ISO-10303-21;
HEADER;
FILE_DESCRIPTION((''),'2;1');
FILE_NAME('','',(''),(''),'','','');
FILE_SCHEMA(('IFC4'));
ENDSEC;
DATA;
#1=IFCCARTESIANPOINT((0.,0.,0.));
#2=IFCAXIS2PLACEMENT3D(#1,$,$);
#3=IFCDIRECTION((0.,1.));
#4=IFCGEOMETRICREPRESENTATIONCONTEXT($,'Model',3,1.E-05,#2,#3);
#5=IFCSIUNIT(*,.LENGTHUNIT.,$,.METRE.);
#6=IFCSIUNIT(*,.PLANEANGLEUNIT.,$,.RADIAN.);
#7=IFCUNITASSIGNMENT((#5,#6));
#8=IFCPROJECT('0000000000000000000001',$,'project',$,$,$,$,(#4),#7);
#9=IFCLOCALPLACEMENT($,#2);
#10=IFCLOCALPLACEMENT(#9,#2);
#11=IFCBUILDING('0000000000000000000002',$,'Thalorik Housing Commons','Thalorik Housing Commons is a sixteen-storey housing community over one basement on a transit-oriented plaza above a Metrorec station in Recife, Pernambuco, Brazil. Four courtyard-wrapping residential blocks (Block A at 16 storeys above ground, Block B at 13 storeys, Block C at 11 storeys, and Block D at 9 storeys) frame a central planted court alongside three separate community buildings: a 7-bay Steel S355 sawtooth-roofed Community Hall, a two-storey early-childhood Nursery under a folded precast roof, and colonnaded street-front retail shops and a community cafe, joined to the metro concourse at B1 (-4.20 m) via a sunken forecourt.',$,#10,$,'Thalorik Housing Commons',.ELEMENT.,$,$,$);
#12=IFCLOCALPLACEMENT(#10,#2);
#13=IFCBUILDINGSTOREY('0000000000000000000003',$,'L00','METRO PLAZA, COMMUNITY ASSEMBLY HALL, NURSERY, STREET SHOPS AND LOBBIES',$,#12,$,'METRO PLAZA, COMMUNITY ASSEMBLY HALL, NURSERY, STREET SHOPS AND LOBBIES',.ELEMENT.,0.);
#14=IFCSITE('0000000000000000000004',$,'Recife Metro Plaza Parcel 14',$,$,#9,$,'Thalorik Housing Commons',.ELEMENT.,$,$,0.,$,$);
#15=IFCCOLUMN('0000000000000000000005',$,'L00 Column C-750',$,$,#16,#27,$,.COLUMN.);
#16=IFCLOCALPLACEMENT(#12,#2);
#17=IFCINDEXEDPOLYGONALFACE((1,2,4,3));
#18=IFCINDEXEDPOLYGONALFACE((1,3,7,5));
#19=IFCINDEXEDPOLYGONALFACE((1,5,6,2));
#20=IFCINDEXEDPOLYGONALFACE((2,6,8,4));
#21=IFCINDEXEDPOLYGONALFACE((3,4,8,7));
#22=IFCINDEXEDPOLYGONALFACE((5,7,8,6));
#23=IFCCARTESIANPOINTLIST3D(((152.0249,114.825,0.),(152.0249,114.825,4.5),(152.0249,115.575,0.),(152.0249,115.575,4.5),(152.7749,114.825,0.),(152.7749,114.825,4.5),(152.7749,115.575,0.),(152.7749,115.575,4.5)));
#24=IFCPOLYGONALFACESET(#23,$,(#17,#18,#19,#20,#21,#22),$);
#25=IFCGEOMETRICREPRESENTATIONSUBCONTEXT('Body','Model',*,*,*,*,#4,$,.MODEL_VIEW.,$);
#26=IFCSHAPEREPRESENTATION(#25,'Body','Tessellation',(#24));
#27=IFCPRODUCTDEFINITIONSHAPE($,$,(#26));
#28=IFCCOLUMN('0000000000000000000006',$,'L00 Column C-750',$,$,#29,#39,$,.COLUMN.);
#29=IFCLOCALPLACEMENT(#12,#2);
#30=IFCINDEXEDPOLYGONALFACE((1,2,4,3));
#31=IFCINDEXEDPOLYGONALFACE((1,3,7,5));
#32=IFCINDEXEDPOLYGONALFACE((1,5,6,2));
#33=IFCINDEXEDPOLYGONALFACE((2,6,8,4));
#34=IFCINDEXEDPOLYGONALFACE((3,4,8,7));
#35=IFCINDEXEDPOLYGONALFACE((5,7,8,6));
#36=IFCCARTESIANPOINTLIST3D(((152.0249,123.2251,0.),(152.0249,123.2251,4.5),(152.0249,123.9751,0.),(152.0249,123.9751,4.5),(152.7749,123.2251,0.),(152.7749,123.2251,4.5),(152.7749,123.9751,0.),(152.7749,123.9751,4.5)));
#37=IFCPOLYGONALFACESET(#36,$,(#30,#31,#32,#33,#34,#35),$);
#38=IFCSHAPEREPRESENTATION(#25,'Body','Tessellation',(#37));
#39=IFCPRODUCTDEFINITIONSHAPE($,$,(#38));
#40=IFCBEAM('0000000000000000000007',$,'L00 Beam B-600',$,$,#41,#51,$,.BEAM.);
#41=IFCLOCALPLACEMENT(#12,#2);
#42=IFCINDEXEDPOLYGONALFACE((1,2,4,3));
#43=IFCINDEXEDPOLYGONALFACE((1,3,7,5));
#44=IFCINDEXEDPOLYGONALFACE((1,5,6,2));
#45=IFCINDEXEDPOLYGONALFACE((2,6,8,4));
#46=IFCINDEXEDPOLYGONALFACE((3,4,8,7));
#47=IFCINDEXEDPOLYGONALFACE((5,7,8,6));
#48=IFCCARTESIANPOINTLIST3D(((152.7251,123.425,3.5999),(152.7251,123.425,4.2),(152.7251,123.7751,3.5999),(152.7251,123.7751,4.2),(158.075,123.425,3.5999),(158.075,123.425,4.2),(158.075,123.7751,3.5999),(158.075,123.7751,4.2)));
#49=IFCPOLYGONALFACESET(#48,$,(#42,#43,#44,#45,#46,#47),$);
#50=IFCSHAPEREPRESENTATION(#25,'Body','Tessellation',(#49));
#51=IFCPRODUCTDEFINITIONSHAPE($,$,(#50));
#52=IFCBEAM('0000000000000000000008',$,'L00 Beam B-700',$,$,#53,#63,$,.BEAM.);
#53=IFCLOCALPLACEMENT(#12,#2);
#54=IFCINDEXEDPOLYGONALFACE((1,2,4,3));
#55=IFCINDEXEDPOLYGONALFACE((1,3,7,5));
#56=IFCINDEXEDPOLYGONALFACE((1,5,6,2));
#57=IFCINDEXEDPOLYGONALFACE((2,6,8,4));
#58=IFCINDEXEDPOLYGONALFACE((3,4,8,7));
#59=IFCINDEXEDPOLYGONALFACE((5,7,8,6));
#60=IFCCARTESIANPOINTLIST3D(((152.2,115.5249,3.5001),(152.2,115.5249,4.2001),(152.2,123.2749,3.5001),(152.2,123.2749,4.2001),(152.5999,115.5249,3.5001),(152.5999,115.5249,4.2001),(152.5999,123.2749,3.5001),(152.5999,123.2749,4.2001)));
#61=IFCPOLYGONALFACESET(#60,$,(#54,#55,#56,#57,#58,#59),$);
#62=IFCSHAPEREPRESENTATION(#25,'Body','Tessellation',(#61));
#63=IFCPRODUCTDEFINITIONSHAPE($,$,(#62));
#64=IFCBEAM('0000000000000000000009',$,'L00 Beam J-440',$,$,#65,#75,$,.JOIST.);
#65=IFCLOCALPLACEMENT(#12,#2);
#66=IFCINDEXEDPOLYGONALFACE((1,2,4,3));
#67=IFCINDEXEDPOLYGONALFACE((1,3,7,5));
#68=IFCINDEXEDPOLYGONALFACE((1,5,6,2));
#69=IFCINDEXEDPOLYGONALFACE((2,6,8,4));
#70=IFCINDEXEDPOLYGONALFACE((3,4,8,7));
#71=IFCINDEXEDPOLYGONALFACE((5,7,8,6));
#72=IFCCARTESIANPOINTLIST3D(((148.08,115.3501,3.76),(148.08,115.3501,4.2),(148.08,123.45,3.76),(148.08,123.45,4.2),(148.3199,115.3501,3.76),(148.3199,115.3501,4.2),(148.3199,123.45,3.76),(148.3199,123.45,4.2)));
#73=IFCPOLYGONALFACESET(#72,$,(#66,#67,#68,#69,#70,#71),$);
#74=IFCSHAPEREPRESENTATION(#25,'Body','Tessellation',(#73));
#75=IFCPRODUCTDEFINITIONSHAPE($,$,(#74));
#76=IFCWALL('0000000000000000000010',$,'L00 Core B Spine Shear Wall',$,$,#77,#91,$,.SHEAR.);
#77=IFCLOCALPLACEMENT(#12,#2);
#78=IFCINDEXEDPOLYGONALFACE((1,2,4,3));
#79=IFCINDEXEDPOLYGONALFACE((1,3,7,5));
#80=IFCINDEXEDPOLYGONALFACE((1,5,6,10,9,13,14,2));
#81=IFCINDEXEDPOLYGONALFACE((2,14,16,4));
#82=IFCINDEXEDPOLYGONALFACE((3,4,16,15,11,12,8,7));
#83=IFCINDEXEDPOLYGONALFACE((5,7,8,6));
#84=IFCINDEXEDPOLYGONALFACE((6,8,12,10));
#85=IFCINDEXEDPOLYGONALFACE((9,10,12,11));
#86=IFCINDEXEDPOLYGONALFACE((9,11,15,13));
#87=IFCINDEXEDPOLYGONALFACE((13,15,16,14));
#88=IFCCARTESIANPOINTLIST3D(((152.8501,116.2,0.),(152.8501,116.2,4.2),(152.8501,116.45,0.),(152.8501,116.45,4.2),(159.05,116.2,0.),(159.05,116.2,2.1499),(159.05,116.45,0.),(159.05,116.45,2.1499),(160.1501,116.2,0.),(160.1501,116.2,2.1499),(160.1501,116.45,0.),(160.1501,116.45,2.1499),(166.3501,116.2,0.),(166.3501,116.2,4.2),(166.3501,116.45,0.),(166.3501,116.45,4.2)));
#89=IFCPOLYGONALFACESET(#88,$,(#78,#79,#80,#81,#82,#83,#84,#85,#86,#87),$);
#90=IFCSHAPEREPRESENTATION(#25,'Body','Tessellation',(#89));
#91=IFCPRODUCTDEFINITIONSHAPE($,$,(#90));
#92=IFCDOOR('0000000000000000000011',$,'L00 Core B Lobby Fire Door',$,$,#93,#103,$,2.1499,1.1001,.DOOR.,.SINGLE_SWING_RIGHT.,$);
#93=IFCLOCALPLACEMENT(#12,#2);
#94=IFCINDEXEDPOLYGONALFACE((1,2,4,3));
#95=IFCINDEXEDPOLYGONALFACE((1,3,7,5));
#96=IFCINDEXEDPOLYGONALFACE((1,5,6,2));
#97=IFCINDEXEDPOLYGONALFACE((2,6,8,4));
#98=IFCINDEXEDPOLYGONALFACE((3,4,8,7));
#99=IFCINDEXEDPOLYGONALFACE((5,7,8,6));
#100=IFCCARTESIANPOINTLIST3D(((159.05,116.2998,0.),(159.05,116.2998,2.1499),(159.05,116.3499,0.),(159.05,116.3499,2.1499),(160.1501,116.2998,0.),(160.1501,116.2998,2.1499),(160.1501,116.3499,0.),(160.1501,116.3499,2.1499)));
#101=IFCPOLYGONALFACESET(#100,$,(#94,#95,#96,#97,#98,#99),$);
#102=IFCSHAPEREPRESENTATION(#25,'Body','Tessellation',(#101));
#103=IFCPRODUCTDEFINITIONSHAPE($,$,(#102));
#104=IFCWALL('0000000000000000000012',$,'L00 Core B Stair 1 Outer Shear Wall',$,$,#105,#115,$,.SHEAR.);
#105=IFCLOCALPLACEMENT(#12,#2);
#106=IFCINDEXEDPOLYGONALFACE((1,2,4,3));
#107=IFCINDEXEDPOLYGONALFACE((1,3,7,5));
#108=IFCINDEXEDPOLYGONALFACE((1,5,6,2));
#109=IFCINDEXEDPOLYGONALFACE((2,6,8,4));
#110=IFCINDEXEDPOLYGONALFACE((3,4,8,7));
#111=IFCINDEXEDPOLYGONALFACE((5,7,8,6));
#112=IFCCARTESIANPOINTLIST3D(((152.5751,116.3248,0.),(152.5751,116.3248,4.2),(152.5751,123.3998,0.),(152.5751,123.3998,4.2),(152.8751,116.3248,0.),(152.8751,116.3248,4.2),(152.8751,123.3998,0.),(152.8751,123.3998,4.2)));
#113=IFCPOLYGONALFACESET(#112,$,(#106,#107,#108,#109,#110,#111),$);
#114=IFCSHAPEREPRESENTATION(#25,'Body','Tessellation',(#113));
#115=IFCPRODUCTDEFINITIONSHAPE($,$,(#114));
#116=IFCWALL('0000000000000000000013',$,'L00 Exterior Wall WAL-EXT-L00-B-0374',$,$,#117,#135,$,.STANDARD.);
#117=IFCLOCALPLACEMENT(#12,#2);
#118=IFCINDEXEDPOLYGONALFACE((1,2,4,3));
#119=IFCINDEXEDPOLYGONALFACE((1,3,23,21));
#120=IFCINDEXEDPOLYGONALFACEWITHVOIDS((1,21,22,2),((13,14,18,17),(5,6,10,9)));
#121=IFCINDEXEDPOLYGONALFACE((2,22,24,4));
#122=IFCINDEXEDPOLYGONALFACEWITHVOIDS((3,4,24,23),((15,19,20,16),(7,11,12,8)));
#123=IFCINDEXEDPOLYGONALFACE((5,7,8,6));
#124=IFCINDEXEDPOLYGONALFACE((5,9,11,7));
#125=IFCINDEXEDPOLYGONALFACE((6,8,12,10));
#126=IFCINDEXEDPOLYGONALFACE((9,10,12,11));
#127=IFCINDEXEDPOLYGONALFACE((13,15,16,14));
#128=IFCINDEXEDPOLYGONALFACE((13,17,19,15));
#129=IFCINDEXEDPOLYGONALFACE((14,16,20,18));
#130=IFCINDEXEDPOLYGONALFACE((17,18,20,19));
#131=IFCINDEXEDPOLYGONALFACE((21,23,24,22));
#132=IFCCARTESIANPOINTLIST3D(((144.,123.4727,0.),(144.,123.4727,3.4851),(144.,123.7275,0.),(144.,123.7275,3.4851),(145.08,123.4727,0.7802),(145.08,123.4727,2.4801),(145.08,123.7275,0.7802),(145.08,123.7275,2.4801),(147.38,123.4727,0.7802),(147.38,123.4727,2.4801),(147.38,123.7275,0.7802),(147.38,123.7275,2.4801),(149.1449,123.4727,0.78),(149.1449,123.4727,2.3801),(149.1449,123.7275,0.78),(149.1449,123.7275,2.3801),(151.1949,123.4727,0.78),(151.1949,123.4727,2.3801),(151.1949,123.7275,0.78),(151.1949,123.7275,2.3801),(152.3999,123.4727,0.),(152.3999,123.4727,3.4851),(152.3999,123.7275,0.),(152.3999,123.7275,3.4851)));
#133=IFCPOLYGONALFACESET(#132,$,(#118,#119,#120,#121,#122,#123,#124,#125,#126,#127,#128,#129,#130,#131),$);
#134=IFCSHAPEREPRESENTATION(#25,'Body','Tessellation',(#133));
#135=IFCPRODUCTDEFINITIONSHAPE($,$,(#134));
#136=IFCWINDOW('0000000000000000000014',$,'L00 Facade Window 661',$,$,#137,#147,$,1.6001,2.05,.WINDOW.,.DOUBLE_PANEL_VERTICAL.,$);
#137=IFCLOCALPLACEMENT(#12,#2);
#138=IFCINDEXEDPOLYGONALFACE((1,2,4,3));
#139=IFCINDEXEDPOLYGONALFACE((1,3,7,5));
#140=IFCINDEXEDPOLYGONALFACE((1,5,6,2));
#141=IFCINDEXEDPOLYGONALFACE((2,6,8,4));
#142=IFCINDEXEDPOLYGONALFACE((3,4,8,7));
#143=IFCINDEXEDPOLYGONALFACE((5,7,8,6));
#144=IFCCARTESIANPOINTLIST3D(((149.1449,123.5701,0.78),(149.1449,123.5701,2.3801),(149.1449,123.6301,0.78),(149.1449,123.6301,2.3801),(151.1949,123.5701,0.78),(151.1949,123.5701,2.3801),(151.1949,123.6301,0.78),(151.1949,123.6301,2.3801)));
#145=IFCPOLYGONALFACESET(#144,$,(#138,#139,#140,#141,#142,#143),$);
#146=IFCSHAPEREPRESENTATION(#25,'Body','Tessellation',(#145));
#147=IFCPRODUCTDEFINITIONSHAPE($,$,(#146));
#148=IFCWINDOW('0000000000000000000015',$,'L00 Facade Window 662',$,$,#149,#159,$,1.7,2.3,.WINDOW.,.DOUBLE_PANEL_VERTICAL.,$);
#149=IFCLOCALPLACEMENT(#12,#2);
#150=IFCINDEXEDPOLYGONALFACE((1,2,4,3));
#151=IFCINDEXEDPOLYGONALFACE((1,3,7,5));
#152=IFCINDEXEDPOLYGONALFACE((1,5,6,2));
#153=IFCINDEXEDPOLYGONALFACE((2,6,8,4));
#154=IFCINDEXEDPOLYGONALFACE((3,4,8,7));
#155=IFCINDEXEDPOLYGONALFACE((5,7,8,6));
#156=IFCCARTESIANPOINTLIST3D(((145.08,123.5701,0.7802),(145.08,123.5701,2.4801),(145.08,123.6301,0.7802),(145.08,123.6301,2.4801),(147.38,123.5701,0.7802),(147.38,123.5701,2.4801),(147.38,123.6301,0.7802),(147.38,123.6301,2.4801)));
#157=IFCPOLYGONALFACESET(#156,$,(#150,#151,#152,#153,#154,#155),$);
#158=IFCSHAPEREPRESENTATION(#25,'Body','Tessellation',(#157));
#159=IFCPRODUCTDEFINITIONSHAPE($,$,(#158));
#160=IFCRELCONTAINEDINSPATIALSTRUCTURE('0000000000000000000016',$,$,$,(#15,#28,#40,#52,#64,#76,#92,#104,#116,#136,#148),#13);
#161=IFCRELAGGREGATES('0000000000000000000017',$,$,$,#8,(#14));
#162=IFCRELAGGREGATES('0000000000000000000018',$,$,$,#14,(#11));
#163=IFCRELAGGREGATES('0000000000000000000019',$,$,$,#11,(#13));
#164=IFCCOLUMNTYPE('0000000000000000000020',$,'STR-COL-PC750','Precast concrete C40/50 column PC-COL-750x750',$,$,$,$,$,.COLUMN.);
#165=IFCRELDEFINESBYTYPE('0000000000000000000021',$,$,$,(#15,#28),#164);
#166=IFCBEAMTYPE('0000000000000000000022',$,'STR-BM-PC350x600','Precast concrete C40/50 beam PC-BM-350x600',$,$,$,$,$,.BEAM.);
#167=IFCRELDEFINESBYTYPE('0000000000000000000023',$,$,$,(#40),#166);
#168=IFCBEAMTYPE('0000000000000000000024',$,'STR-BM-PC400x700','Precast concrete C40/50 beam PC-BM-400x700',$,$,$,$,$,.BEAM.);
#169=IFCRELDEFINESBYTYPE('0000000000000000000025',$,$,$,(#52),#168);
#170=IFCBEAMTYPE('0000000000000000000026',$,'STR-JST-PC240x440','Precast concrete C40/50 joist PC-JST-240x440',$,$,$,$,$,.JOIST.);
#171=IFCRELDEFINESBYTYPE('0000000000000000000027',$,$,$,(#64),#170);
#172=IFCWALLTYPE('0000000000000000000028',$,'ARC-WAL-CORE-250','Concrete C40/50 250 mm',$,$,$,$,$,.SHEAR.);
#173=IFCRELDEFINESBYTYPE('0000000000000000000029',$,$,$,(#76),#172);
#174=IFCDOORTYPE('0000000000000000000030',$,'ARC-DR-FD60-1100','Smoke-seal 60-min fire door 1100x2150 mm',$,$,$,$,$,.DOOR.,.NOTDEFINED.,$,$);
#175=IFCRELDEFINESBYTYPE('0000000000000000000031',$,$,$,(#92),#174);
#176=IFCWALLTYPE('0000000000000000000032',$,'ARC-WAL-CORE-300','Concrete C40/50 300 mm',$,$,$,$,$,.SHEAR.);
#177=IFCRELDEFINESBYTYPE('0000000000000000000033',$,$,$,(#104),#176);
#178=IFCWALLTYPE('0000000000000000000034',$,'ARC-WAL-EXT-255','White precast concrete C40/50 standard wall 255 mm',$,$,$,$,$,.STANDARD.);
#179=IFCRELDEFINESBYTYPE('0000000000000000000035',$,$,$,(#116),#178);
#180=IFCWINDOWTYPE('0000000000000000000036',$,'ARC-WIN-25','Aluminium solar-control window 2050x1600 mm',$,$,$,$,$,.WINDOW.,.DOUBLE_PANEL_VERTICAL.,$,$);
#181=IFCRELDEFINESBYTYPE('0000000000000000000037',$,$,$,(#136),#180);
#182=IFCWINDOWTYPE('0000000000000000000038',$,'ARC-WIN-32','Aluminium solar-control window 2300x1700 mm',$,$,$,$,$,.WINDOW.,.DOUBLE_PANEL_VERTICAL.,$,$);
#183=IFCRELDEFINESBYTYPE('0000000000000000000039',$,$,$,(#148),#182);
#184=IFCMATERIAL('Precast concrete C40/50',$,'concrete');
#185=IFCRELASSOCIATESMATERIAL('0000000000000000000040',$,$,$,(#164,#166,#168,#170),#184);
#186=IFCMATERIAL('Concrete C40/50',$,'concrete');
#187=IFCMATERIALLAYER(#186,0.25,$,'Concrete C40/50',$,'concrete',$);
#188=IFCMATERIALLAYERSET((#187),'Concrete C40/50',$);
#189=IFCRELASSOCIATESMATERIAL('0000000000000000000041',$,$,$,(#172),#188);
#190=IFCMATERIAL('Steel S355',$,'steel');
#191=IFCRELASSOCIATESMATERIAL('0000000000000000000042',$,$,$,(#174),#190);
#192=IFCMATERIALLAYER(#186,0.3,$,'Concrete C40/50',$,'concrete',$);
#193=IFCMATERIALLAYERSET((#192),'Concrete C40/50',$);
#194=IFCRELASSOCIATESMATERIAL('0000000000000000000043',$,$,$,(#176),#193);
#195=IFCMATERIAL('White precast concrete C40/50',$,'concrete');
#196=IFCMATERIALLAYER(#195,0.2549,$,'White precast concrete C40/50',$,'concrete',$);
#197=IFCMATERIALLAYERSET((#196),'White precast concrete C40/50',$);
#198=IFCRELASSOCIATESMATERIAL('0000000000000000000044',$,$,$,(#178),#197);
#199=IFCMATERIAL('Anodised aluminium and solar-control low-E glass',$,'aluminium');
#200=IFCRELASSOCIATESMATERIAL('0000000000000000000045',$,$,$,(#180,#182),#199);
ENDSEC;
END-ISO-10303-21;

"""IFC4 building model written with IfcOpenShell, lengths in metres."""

from ifc_helpers import new_model, si_unit, direction, frame, frame_2d, origin, origin_2d, place, context, subcontext, project, spatial, rectangle, extrude, material, layer, layer_set, material_profile, profile_set, type_object, element, fill, save


model = new_model("IFC4")

# Units and contexts
model_context = context("Model", 3, precision=1e-05, world=origin(), true_north=direction((0.0, 1.0)))
body_context = subcontext(model_context, "Body", "Model", "MODEL_VIEW")
ifc_project = project(units=[si_unit("LENGTHUNIT", "METRE"), si_unit("PLANEANGLEUNIT", "RADIAN")], contexts=[model_context])

# Site, building, storey
site_placement = place(None, origin())
site = spatial("IfcSite", under=ifc_project, at=site_placement, Name="Recife Metro Plaza Parcel 14", LongName="Thalorik Housing Commons", CompositionType="ELEMENT", RefElevation=0.0)
building_placement = place(site_placement, origin())
building = spatial("IfcBuilding", under=site, at=building_placement, Name="Thalorik Housing Commons", Description="Thalorik Housing Commons is a sixteen-storey housing community over one basement on a transit-oriented plaza above a Metrorec station in Recife, Pernambuco, Brazil. Four courtyard-wrapping residential blocks (Block A at 16 storeys above ground, Block B at 13 storeys, Block C at 11 storeys, and Block D at 9 storeys) frame a central planted court alongside three separate community buildings: a 7-bay Steel S355 sawtooth-roofed Community Hall, a two-storey early-childhood Nursery under a folded precast roof, and colonnaded street-front retail shops and a community cafe, joined to the metro concourse at B1 (-4.20 m) via a sunken forecourt.", LongName="Thalorik Housing Commons", CompositionType="ELEMENT")
storey_placement = place(building_placement, origin())
storey = spatial("IfcBuildingStorey", under=building, at=storey_placement, Name="L00", Description="METRO PLAZA, COMMUNITY ASSEMBLY HALL, NURSERY, STREET SHOPS AND LOBBIES", LongName="METRO PLAZA, COMMUNITY ASSEMBLY HALL, NURSERY, STREET SHOPS AND LOBBIES", CompositionType="ELEMENT", Elevation=0.0)

# Columns
ifc_material_1 = material(Name="Precast concrete C40/50", Category="concrete")
ifc_material_profile_1 = material_profile(ifc_material_1, rectangle(XDim=0.75, YDim=0.75, at=origin_2d()), Name="PC 750x750", Category="concrete")
ifc_profile_set_1 = profile_set([ifc_material_profile_1], Name="Precast concrete C40/50")
column_type = type_object("IfcColumnType", Name="STR-COL-PC750", Description="Precast concrete C40/50 column PC-COL-750x750", PredefinedType="COLUMN", material=ifc_profile_set_1)
for number, where, z_axis, x_axis, name in (
    (1, (152.3999, 115.2, 0.0), (0.0, 0.0, 1.0), (1.0, 0.0, 0.0), "L00 Column C-750"),
    (2, (152.3999, 123.6001, 0.0), (0.0, 0.0, 1.0), (1.0, 0.0, 0.0), "L00 Column C-750"),
):
    element("IfcColumn", number, at=place(storey_placement, frame(where, z_axis=z_axis, x_axis=x_axis)), inside=storey, type_object=column_type, Name=name, PredefinedType="COLUMN", context=body_context, shape_type="SweptSolid", body=[
        extrude(rectangle(XDim=0.75, YDim=0.75, at=origin_2d()), origin(), (0.0, 0.0, 1.0), 4.5),
    ])

# Beams
ifc_material_profile_2 = material_profile(ifc_material_1, rectangle(XDim=0.3501, YDim=0.6001, at=origin_2d()), Name="PC 350x600", Category="concrete")
ifc_profile_set_2 = profile_set([ifc_material_profile_2], Name="Precast concrete C40/50")
beam_type_1 = type_object("IfcBeamType", Name="STR-BM-PC350x600", Description="Precast concrete C40/50 beam PC-BM-350x600", PredefinedType="BEAM", material=ifc_profile_set_2)
beam_1_placement = place(storey_placement, frame((152.7251, 123.6001, 3.8999), z_axis=(1.0, 0.0, 0.0), x_axis=(0.0, 1.0, 0.0)))
element("IfcBeam", 3, at=beam_1_placement, inside=storey, type_object=beam_type_1, Name="L00 Beam B-600", PredefinedType="BEAM", context=body_context, shape_type="SweptSolid", body=[
    extrude(rectangle(XDim=0.3501, YDim=0.6001, at=origin_2d()), origin(), (0.0, 0.0, 1.0), 5.3499),
])
ifc_material_profile_3 = material_profile(ifc_material_1, rectangle(XDim=0.3999, YDim=0.7, at=origin_2d()), Name="PC 400x700", Category="concrete")
ifc_profile_set_3 = profile_set([ifc_material_profile_3], Name="Precast concrete C40/50")
beam_type_2 = type_object("IfcBeamType", Name="STR-BM-PC400x700", Description="Precast concrete C40/50 beam PC-BM-400x700", PredefinedType="BEAM", material=ifc_profile_set_3)
beam_2_placement = place(storey_placement, frame((152.3999, 115.5249, 3.8501), z_axis=(0.0, 1.0, 0.0), x_axis=(-1.0, 0.0, 0.0)))
element("IfcBeam", 4, at=beam_2_placement, inside=storey, type_object=beam_type_2, Name="L00 Beam B-700", PredefinedType="BEAM", context=body_context, shape_type="SweptSolid", body=[
    extrude(rectangle(XDim=0.3999, YDim=0.7, at=origin_2d()), origin(), (0.0, 0.0, 1.0), 7.75),
])
ifc_material_profile_4 = material_profile(ifc_material_1, rectangle(XDim=0.24, YDim=0.4399, at=origin_2d()), Name="PC JST 240x440", Category="concrete")
ifc_profile_set_4 = profile_set([ifc_material_profile_4], Name="Precast concrete C40/50")
beam_type_3 = type_object("IfcBeamType", Name="STR-JST-PC240x440", Description="Precast concrete C40/50 joist PC-JST-240x440", PredefinedType="JOIST", material=ifc_profile_set_4)
beam_3_placement = place(storey_placement, frame((148.2, 115.3501, 3.98), z_axis=(0.0, 1.0, 0.0), x_axis=(-1.0, 0.0, 0.0)))
element("IfcBeam", 5, at=beam_3_placement, inside=storey, type_object=beam_type_3, Name="L00 Beam J-440", PredefinedType="JOIST", context=body_context, shape_type="SweptSolid", body=[
    extrude(rectangle(XDim=0.24, YDim=0.4399, at=origin_2d()), origin(), (0.0, 0.0, 1.0), 8.0999),
])

# Wall, opening, door
ifc_material_2 = material(Name="Concrete C40/50", Category="concrete")
ifc_layer_1 = layer(ifc_material_2, 0.25, Name="Concrete C40/50", Category="concrete")
ifc_layer_set_1 = layer_set([ifc_layer_1], Name="Concrete C40/50")
wall_type_1 = type_object("IfcWallType", Name="ARC-WAL-CORE-250", Description="Concrete C40/50 250 mm", PredefinedType="SHEAR", material=ifc_layer_set_1)
wall_1_placement = place(storey_placement, frame((152.8501, 116.325, 0.0), z_axis=(0.0, 0.0, 1.0), x_axis=(1.0, 0.0, 0.0)))
wall_1 = element("IfcWall", 6, at=wall_1_placement, inside=storey, type_object=wall_type_1, Name="L00 Core B Spine Shear Wall", PredefinedType="SHEAR", context=body_context, shape_type="SweptSolid", body=[
    extrude(rectangle(XDim=13.5, YDim=0.25, at=frame_2d((6.75, 0.0))), origin(), (0.0, 0.0, 1.0), 4.2),
])
opening_1_placement = place(wall_1_placement, frame((6.2, 0.0, 0.0)))
opening_1 = element("IfcOpeningElement", 7, at=opening_1_placement, cuts=wall_1, PredefinedType="OPENING", context=body_context, shape_type="SweptSolid", body=[
    extrude(rectangle(XDim=1.1001, YDim=2.1499, at=frame_2d((0.55, 1.075))), frame((0.0, 0.135, 0.0), z_axis=(0.0, -1.0, 0.0), x_axis=(1.0, 0.0, 0.0)), (0.0, 0.0, 1.0), 0.27),
])
ifc_material_3 = material(Name="Steel S355", Category="steel")
door_type = type_object("IfcDoorType", Name="ARC-DR-FD60-1100", Description="Smoke-seal 60-min fire door 1100x2150 mm", OperationType="NOTDEFINED", PredefinedType="DOOR", material=ifc_material_3)
door_placement = place(opening_1_placement, origin())
door = element("IfcDoor", 8, at=door_placement, inside=storey, type_object=door_type, Name="L00 Core B Lobby Fire Door", OperationType="SINGLE_SWING_RIGHT", OverallHeight=2.1499, OverallWidth=1.1001, PredefinedType="DOOR", context=body_context, shape_type="SweptSolid", body=[
    extrude(rectangle(XDim=1.1001, YDim=2.1499, at=frame_2d((0.55, 1.075))), frame((0.0, 0.0249, 0.0), z_axis=(0.0, -1.0, 0.0), x_axis=(1.0, 0.0, 0.0)), (0.0, 0.0, 1.0), 0.05),
])
fill(opening_1, door)

# Wall
ifc_layer_2 = layer(ifc_material_2, 0.3, Name="Concrete C40/50", Category="concrete")
ifc_layer_set_2 = layer_set([ifc_layer_2], Name="Concrete C40/50")
wall_type_2 = type_object("IfcWallType", Name="ARC-WAL-CORE-300", Description="Concrete C40/50 300 mm", PredefinedType="SHEAR", material=ifc_layer_set_2)
wall_2_placement = place(storey_placement, frame((152.7251, 123.3999, 0.0), z_axis=(0.0, 0.0, 1.0), x_axis=(0.0, -1.0, 0.0)))
element("IfcWall", 9, at=wall_2_placement, inside=storey, type_object=wall_type_2, Name="L00 Core B Stair 1 Outer Shear Wall", PredefinedType="SHEAR", context=body_context, shape_type="SweptSolid", body=[
    extrude(rectangle(XDim=7.075, YDim=0.3, at=frame_2d((3.5376, 0.0))), origin(), (0.0, 0.0, 1.0), 4.2),
])

# Wall, openings, windows
ifc_material_4 = material(Name="White precast concrete C40/50", Category="concrete")
ifc_layer_3 = layer(ifc_material_4, 0.2549, Name="White precast concrete C40/50", Category="concrete")
ifc_layer_set_3 = layer_set([ifc_layer_3], Name="White precast concrete C40/50")
wall_type_3 = type_object("IfcWallType", Name="ARC-WAL-EXT-255", Description="White precast concrete C40/50 standard wall 255 mm", PredefinedType="STANDARD", material=ifc_layer_set_3)
wall_3_placement = place(storey_placement, frame((152.3999, 123.6001, 0.0), z_axis=(0.0, 0.0, 1.0), x_axis=(-1.0, 0.0, 0.0)))
wall_3 = element("IfcWall", 10, at=wall_3_placement, inside=storey, type_object=wall_type_3, Name="L00 Exterior Wall WAL-EXT-L00-B-0374", PredefinedType="STANDARD", context=body_context, shape_type="SweptSolid", body=[
    extrude(rectangle(XDim=8.3999, YDim=0.2549, at=frame_2d((4.2, 0.0))), origin(), (0.0, 0.0, 1.0), 3.4851),
])
opening_2_placement = place(wall_3_placement, frame((1.2051, 0.0, 0.78)))
opening_2 = element("IfcOpeningElement", 11, at=opening_2_placement, cuts=wall_3, PredefinedType="OPENING", context=body_context, shape_type="SweptSolid", body=[
    extrude(rectangle(XDim=2.05, YDim=1.6001, at=frame_2d((1.0249, 0.8))), frame((0.0, 0.1375, 0.0), z_axis=(0.0, -1.0, 0.0), x_axis=(1.0, 0.0, 0.0)), (0.0, 0.0, 1.0), 0.2749),
])
opening_3_placement = place(wall_3_placement, frame((5.02, 0.0, 0.78)))
opening_3 = element("IfcOpeningElement", 12, at=opening_3_placement, cuts=wall_3, PredefinedType="OPENING", context=body_context, shape_type="SweptSolid", body=[
    extrude(rectangle(XDim=2.3, YDim=1.7, at=frame_2d((1.1499, 0.8501))), frame((0.0, 0.1375, 0.0), z_axis=(0.0, -1.0, 0.0), x_axis=(1.0, 0.0, 0.0)), (0.0, 0.0, 1.0), 0.2749),
])
ifc_material_5 = material(Name="Anodised aluminium and solar-control low-E glass", Category="aluminium")
window_type_1 = type_object("IfcWindowType", Name="ARC-WIN-25", Description="Aluminium solar-control window 2050x1600 mm", PartitioningType="DOUBLE_PANEL_VERTICAL", PredefinedType="WINDOW", material=ifc_material_5)
window_1_placement = place(opening_2_placement, origin())
window_1 = element("IfcWindow", 13, at=window_1_placement, inside=storey, type_object=window_type_1, Name="L00 Facade Window 661", OverallHeight=1.6001, OverallWidth=2.05, PartitioningType="DOUBLE_PANEL_VERTICAL", PredefinedType="WINDOW", context=body_context, shape_type="SweptSolid", body=[
    extrude(rectangle(XDim=2.05, YDim=1.6001, at=frame_2d((1.0249, 0.8))), frame((0.0, 0.03, 0.0), z_axis=(0.0, -1.0, 0.0), x_axis=(1.0, 0.0, 0.0)), (0.0, 0.0, 1.0), 0.0601),
])
fill(opening_2, window_1)
window_type_2 = type_object("IfcWindowType", Name="ARC-WIN-32", Description="Aluminium solar-control window 2300x1700 mm", PartitioningType="DOUBLE_PANEL_VERTICAL", PredefinedType="WINDOW", material=ifc_material_5)
window_2_placement = place(opening_3_placement, origin())
window_2 = element("IfcWindow", 14, at=window_2_placement, inside=storey, type_object=window_type_2, Name="L00 Facade Window 662", OverallHeight=1.7, OverallWidth=2.3, PartitioningType="DOUBLE_PANEL_VERTICAL", PredefinedType="WINDOW", context=body_context, shape_type="SweptSolid", body=[
    extrude(rectangle(XDim=2.3, YDim=1.7, at=frame_2d((1.1499, 0.8501))), frame((0.0, 0.03, 0.0), z_axis=(0.0, -1.0, 0.0), x_axis=(1.0, 0.0, 0.0)), (0.0, 0.0, 1.0), 0.0601),
])
fill(opening_3, window_2)

save(model, "model.ifc")
